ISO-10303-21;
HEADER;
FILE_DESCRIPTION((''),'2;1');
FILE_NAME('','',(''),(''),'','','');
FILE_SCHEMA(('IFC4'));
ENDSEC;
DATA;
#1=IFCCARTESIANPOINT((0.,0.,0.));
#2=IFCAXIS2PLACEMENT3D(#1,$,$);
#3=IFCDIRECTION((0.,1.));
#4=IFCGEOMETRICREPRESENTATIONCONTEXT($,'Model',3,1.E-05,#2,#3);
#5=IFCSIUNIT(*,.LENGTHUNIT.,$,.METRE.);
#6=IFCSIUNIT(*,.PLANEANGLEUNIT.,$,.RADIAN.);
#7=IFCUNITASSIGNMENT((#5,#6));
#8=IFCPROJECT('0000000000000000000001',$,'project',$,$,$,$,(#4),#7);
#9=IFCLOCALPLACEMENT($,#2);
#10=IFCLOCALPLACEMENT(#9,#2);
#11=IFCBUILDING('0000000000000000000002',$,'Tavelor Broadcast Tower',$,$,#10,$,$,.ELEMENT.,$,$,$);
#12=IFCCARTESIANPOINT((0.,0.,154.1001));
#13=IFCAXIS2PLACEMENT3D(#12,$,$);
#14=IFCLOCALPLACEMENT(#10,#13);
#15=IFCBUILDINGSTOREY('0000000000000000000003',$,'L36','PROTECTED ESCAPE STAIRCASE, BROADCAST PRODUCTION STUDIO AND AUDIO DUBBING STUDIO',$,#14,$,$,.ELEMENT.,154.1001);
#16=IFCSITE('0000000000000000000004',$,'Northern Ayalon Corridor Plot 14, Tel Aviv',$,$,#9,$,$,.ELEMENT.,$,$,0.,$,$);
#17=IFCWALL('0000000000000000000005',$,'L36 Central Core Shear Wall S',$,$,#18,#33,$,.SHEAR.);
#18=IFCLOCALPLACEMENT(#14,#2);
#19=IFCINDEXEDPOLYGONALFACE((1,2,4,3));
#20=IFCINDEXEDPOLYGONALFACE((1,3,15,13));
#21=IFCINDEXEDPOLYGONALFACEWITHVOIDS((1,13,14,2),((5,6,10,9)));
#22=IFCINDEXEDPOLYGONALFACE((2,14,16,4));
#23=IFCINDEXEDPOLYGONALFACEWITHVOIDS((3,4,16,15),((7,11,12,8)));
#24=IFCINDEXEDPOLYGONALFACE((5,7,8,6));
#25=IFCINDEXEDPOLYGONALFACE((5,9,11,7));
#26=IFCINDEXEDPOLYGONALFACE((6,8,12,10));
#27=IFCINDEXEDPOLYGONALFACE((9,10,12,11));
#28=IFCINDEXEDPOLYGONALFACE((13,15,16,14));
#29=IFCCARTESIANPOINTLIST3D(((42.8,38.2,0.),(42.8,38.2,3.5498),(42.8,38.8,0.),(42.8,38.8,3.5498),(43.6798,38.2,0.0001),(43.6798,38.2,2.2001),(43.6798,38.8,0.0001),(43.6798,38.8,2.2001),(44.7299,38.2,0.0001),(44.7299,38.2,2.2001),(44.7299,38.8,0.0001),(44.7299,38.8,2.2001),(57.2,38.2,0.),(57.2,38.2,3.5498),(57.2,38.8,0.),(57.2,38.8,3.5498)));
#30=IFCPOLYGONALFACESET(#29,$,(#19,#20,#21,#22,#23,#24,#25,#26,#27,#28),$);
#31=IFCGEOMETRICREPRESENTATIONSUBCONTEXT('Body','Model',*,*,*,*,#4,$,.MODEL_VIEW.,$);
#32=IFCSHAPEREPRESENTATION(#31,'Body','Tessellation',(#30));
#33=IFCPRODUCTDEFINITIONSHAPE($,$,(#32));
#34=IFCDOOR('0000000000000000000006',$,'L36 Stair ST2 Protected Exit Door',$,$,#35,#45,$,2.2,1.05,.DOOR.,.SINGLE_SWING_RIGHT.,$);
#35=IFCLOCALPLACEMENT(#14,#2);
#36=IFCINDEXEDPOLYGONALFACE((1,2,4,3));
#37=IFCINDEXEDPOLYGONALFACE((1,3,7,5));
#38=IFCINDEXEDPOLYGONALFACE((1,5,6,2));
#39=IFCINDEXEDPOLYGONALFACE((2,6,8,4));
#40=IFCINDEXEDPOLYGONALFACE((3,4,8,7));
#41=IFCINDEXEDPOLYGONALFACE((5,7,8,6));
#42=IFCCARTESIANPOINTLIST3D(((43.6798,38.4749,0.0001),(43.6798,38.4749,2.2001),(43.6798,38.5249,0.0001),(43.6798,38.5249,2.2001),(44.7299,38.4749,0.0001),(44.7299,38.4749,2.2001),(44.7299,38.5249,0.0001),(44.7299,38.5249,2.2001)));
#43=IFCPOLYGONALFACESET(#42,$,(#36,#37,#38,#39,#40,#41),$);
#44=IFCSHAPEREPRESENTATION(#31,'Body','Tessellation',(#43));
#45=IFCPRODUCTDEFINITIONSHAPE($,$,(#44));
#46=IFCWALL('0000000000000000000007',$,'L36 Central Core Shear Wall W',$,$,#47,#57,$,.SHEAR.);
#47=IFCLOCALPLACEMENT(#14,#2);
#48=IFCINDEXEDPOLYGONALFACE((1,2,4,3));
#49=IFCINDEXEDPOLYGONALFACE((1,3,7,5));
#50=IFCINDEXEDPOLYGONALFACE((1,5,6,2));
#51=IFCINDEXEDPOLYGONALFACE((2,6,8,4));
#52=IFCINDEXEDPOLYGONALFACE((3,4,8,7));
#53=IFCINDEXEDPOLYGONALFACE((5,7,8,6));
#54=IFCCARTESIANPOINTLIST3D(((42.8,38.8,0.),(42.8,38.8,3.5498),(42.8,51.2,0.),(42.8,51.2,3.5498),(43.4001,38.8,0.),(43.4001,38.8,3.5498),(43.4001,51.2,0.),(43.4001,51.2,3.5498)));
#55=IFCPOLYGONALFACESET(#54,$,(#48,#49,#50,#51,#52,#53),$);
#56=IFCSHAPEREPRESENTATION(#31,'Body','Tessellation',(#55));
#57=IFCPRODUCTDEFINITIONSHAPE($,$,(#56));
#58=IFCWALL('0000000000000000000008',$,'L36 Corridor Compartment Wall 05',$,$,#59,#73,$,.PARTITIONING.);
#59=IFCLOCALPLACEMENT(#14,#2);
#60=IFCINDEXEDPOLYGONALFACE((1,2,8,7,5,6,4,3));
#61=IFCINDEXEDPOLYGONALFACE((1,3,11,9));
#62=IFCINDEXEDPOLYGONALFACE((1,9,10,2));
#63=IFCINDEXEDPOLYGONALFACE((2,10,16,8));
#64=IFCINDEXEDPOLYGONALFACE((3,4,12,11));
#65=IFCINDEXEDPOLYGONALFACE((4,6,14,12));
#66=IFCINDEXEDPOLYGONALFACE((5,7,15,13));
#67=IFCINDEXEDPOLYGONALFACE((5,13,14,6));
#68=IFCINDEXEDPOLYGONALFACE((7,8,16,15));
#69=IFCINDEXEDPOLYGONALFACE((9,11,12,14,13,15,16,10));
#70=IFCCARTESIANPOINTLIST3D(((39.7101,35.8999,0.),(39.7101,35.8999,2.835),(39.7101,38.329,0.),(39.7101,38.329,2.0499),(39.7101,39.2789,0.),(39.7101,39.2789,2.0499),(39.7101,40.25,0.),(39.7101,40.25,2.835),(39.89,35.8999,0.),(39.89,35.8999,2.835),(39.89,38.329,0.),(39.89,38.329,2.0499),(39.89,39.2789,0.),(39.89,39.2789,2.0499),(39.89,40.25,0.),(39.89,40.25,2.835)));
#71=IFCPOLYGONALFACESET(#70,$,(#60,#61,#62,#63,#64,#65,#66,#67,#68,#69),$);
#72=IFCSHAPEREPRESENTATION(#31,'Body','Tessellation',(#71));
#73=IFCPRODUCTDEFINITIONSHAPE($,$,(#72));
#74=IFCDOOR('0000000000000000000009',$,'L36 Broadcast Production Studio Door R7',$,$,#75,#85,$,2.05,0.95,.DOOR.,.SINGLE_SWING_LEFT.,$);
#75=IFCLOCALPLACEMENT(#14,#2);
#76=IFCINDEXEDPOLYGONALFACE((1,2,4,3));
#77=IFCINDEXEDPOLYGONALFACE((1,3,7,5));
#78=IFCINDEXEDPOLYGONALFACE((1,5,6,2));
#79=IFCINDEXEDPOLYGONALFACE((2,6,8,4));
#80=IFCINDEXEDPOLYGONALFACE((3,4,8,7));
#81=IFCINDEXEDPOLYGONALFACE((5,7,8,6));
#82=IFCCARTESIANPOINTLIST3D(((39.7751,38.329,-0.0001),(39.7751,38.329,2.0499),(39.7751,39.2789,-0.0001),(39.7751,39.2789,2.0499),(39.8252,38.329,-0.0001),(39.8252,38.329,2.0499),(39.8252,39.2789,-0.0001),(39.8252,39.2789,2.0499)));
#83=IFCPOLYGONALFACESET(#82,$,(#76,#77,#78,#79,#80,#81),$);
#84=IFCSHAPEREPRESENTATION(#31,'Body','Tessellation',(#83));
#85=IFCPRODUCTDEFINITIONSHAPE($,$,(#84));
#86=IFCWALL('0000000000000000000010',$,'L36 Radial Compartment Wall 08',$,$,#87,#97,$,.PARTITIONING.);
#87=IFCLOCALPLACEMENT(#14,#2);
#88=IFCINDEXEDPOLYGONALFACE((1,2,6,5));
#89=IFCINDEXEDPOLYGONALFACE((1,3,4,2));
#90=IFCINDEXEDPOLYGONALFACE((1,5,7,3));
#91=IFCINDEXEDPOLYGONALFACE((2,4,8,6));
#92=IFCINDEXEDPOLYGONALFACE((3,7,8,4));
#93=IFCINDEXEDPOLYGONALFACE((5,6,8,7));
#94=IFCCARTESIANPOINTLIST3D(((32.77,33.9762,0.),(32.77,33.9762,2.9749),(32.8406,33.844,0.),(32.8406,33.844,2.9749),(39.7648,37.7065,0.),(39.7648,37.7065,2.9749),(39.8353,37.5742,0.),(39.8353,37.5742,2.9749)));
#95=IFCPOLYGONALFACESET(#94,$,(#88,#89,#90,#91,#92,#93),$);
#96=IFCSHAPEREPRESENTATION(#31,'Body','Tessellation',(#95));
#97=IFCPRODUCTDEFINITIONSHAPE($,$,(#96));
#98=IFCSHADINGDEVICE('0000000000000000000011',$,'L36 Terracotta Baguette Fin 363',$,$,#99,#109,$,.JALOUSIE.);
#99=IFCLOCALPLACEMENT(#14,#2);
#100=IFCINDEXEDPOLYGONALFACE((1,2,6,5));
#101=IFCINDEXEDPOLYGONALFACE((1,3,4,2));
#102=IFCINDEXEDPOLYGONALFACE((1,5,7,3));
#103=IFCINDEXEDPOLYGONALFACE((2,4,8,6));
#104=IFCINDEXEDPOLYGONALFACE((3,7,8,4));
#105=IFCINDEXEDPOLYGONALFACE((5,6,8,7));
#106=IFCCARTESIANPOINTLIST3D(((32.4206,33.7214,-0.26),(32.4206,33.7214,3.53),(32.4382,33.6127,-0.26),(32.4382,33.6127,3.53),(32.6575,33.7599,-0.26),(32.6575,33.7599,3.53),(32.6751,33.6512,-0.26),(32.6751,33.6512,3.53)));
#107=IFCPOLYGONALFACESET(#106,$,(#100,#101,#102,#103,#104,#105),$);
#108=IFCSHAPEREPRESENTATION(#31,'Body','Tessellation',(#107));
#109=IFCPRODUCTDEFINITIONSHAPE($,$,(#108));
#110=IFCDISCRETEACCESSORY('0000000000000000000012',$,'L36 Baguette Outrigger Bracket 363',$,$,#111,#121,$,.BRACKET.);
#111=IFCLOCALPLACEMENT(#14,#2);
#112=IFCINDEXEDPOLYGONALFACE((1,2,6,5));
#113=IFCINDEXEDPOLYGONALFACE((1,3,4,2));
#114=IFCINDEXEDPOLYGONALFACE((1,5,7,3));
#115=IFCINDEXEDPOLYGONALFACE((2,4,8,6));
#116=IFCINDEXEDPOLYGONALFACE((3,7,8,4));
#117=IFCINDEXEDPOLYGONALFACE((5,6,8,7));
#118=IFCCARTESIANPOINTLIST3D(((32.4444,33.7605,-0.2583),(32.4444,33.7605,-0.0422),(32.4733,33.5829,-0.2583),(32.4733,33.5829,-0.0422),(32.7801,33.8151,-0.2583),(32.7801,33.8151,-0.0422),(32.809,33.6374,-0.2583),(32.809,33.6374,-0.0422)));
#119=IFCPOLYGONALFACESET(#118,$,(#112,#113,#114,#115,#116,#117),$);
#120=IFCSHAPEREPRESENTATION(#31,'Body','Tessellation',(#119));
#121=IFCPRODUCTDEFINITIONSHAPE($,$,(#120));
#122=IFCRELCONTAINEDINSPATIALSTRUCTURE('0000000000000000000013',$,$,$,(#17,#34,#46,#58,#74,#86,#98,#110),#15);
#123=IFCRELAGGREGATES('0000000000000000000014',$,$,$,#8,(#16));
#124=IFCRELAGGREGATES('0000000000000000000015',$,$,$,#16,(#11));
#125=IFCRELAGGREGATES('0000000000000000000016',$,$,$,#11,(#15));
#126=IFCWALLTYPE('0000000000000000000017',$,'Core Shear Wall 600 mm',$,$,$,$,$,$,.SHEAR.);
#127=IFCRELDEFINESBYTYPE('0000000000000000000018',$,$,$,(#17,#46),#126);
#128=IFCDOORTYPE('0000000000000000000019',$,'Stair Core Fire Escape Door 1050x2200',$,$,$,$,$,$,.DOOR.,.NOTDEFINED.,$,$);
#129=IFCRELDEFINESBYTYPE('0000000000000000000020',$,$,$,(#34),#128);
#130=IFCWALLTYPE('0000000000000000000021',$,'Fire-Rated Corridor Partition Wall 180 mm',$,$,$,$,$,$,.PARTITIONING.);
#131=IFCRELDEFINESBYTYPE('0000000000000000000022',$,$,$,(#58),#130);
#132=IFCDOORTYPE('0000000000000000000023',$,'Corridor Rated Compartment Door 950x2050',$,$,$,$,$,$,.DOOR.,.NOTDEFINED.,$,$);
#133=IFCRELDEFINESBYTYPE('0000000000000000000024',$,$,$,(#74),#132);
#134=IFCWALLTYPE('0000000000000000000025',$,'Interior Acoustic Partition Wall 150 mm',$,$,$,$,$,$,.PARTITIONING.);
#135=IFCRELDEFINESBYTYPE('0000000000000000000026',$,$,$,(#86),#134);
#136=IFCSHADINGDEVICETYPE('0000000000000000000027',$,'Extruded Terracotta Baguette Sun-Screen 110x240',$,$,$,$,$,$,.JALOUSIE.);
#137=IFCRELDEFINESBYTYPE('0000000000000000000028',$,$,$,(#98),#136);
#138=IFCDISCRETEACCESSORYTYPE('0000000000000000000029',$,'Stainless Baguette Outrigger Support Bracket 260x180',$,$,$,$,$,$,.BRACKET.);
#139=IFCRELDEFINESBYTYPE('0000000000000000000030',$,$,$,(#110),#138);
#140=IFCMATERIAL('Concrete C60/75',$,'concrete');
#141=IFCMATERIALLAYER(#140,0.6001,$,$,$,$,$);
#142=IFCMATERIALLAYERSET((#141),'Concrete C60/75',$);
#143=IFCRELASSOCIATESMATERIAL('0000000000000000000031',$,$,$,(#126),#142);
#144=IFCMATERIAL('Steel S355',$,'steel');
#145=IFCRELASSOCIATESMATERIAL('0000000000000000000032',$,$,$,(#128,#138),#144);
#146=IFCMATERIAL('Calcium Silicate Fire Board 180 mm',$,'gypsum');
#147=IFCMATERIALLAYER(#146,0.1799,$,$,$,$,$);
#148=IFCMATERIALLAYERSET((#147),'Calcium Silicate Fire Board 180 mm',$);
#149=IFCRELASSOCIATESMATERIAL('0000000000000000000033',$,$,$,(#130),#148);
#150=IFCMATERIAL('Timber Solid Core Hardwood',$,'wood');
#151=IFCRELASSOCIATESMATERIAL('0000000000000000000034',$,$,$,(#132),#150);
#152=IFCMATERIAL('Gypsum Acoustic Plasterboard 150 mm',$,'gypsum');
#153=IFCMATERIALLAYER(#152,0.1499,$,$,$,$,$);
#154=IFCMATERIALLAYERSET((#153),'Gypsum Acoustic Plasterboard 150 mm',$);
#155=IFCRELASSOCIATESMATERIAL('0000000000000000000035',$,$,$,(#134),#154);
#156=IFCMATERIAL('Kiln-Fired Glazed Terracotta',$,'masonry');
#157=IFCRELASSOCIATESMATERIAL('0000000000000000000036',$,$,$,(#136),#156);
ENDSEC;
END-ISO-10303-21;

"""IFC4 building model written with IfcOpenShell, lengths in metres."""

from ifc_helpers import new_model, si_unit, direction, frame, frame_2d, origin, origin_2d, place, context, subcontext, project, spatial, rectangle, extrude, source, transform, mapped, material, layer, layer_set, type_object, type_shapes, element, fill, save


model = new_model("IFC4")

# Units and contexts
model_context = context("Model", 3, precision=1e-05, world=origin(), true_north=direction((0.0, 1.0)))
body_context = subcontext(model_context, "Body", "Model", "MODEL_VIEW")
ifc_project = project(units=[si_unit("LENGTHUNIT", "METRE"), si_unit("PLANEANGLEUNIT", "RADIAN")], contexts=[model_context])

# Site, building, storey
site_placement = place(None, origin())
site = spatial("IfcSite", under=ifc_project, at=site_placement, Name="Northern Ayalon Corridor Plot 14, Tel Aviv", CompositionType="ELEMENT", RefElevation=0.0)
building_placement = place(site_placement, origin())
building = spatial("IfcBuilding", under=site, at=building_placement, Name="Tavelor Broadcast Tower", CompositionType="ELEMENT")
storey_placement = place(building_placement, frame((0.0, 0.0, 154.1001)))
storey = spatial("IfcBuildingStorey", under=building, at=storey_placement, Name="L36", Description="PROTECTED ESCAPE STAIRCASE, BROADCAST PRODUCTION STUDIO AND AUDIO DUBBING STUDIO", CompositionType="ELEMENT", Elevation=154.1001)

# Shared definitions
ifc_material_1 = material(Name="Steel S355", Category="steel")

# Wall, opening, door
ifc_material_2 = material(Name="Concrete C60/75", Category="concrete")
ifc_layer_1 = layer(ifc_material_2, 0.6001)
ifc_layer_set_1 = layer_set([ifc_layer_1], Name="Concrete C60/75")
wall_type_1 = type_object("IfcWallType", Name="Core Shear Wall 600 mm", PredefinedType="SHEAR", material=ifc_layer_set_1)
wall_1_placement = place(storey_placement, frame((42.8, 38.5, 0.0), z_axis=(0.0, 0.0, 1.0), x_axis=(1.0, 0.0, 0.0)))
wall_1 = element("IfcWall", 1, at=wall_1_placement, inside=storey, type_object=wall_type_1, Name="L36 Central Core Shear Wall S", PredefinedType="SHEAR", context=body_context, shape_type="SweptSolid", body=[
    extrude(rectangle(XDim=14.3999, YDim=0.6001, at=frame_2d((7.2, 0.0))), origin(), (0.0, 0.0, 1.0), 3.5498),
])
opening_1_placement = place(wall_1_placement, frame((0.8799, 0.0, 0.0)))
opening_1 = element("IfcOpeningElement", 2, at=opening_1_placement, cuts=wall_1, PredefinedType="OPENING", context=body_context, shape_type="SweptSolid", body=[
    extrude(rectangle(XDim=1.05, YDim=2.2, at=frame_2d((0.5249, 1.1001))), frame((0.0, 0.3101, 0.0), z_axis=(0.0, -1.0, 0.0), x_axis=(1.0, 0.0, 0.0)), (0.0, 0.0, 1.0), 0.6201),
])
door_type_1 = type_object("IfcDoorType", Name="Stair Core Fire Escape Door 1050x2200", OperationType="NOTDEFINED", PredefinedType="DOOR", material=ifc_material_1)
door_1_placement = place(opening_1_placement, origin())
door_1 = element("IfcDoor", 3, at=door_1_placement, inside=storey, type_object=door_type_1, Name="L36 Stair ST2 Protected Exit Door", OperationType="SINGLE_SWING_RIGHT", OverallHeight=2.2, OverallWidth=1.05, PredefinedType="DOOR", context=body_context, shape_type="SweptSolid", body=[
    extrude(rectangle(XDim=1.05, YDim=2.2, at=frame_2d((0.5249, 1.1001))), frame((0.0, 0.0249, 0.0), z_axis=(0.0, -1.0, 0.0), x_axis=(1.0, 0.0, 0.0)), (0.0, 0.0, 1.0), 0.05),
])
fill(opening_1, door_1)

# Wall
wall_2_placement = place(storey_placement, frame((43.1001, 38.8, 0.0), z_axis=(0.0, 0.0, 1.0), x_axis=(0.0, 1.0, 0.0)))
element("IfcWall", 4, at=wall_2_placement, inside=storey, type_object=wall_type_1, Name="L36 Central Core Shear Wall W", PredefinedType="SHEAR", context=body_context, shape_type="SweptSolid", body=[
    extrude(rectangle(XDim=12.3999, YDim=0.6001, at=frame_2d((6.2, 0.0))), origin(), (0.0, 0.0, 1.0), 3.5498),
])

# Wall, opening, door
ifc_material_3 = material(Name="Calcium Silicate Fire Board 180 mm", Category="gypsum")
ifc_layer_2 = layer(ifc_material_3, 0.1799)
ifc_layer_set_2 = layer_set([ifc_layer_2], Name="Calcium Silicate Fire Board 180 mm")
wall_type_2 = type_object("IfcWallType", Name="Fire-Rated Corridor Partition Wall 180 mm", PredefinedType="PARTITIONING", material=ifc_layer_set_2)
wall_3_placement = place(storey_placement, frame((39.8, 35.8999, 0.0), z_axis=(0.0, 0.0, 1.0), x_axis=(0.0, 1.0, 0.0)))
wall_3 = element("IfcWall", 5, at=wall_3_placement, inside=storey, type_object=wall_type_2, Name="L36 Corridor Compartment Wall 05", PredefinedType="PARTITIONING", context=body_context, shape_type="SweptSolid", body=[
    extrude(rectangle(XDim=4.3501, YDim=0.1799, at=frame_2d((2.175, 0.0))), origin(), (0.0, 0.0, 1.0), 2.835),
])
opening_2_placement = place(wall_3_placement, frame((2.429, 0.0, 0.0)))
opening_2 = element("IfcOpeningElement", 6, at=opening_2_placement, cuts=wall_3, PredefinedType="OPENING", context=body_context, shape_type="SweptSolid", body=[
    extrude(rectangle(XDim=0.95, YDim=2.05, at=frame_2d((0.4751, 1.0249))), frame((0.0, 0.1001, 0.0), z_axis=(0.0, -1.0, 0.0), x_axis=(1.0, 0.0, 0.0)), (0.0, 0.0, 1.0), 0.2),
])
ifc_material_4 = material(Name="Timber Solid Core Hardwood", Category="wood")
door_type_2 = type_object("IfcDoorType", Name="Corridor Rated Compartment Door 950x2050", OperationType="NOTDEFINED", PredefinedType="DOOR", material=ifc_material_4)
door_2_placement = place(opening_2_placement, origin())
door_2 = element("IfcDoor", 7, at=door_2_placement, inside=storey, type_object=door_type_2, Name="L36 Broadcast Production Studio Door R7", OperationType="SINGLE_SWING_LEFT", OverallHeight=2.05, OverallWidth=0.95, PredefinedType="DOOR", context=body_context, shape_type="SweptSolid", body=[
    extrude(rectangle(XDim=0.95, YDim=2.05, at=frame_2d((0.4751, 1.0249))), frame((0.0, 0.0249, 0.0), z_axis=(0.0, -1.0, 0.0), x_axis=(1.0, 0.0, 0.0)), (0.0, 0.0, 1.0), 0.05),
])
fill(opening_2, door_2)

# Wall
ifc_material_5 = material(Name="Gypsum Acoustic Plasterboard 150 mm", Category="gypsum")
ifc_layer_3 = layer(ifc_material_5, 0.1499)
ifc_layer_set_3 = layer_set([ifc_layer_3], Name="Gypsum Acoustic Plasterboard 150 mm")
wall_type_3 = type_object("IfcWallType", Name="Interior Acoustic Partition Wall 150 mm", PredefinedType="PARTITIONING", material=ifc_layer_set_3)
wall_4_placement = place(storey_placement, frame((39.8, 37.6404, 0.0), z_axis=(0.0, 0.0, 1.0), x_axis=(-0.882366, -0.470564, 0.0)))
element("IfcWall", 8, at=wall_4_placement, inside=storey, type_object=wall_type_3, Name="L36 Radial Compartment Wall 08", PredefinedType="PARTITIONING", context=body_context, shape_type="SweptSolid", body=[
    extrude(rectangle(XDim=7.9272, YDim=0.1499, at=frame_2d((3.9636, 0.0))), origin(), (0.0, 0.0, 1.0), 2.9749),
])

# Shading device
ifc_material_6 = material(Name="Kiln-Fired Glazed Terracotta", Category="masonry")
shading_device_type = type_object("IfcShadingDeviceType", Name="Extruded Terracotta Baguette Sun-Screen 110x240", PredefinedType="JALOUSIE", material=ifc_material_6)
shared_shape_1 = source(origin(), body_context, "Body", "SweptSolid", [
    extrude(rectangle(XDim=0.1101, YDim=0.24, at=origin_2d()), origin(), (0.0, 0.0, 1.0), 3.79),
])
type_shapes(shading_device_type, [shared_shape_1])
shading_device_placement = place(storey_placement, frame((32.5479, 33.6863, -0.26), z_axis=(0.0, 0.0, 1.0), x_axis=(0.160398, -0.987052, 0.0)))
element("IfcShadingDevice", 9, at=shading_device_placement, inside=storey, type_object=shading_device_type, Name="L36 Terracotta Baguette Fin 363", PredefinedType="JALOUSIE", context=body_context, shape_type="MappedRepresentation", body=[
    mapped(shared_shape_1, transform((0.0, 0.0, 0.0), scale=1.0)),
])

# Discrete accessory
discrete_accessory_type = type_object("IfcDiscreteAccessoryType", Name="Stainless Baguette Outrigger Support Bracket 260x180", PredefinedType="BRACKET", material=ifc_material_1)
shared_shape_2 = source(origin(), body_context, "Body", "SweptSolid", [
    extrude(rectangle(XDim=0.1799, YDim=0.3401, at=origin_2d()), origin(), (0.0, 0.0, 1.0), 0.2161),
])
type_shapes(discrete_accessory_type, [shared_shape_2])
discrete_accessory_placement = place(storey_placement, frame((32.6267, 33.699, -0.2583), z_axis=(0.0, 0.0, 1.0), x_axis=(0.160398, -0.987052, 0.0)))
element("IfcDiscreteAccessory", 10, at=discrete_accessory_placement, inside=storey, type_object=discrete_accessory_type, Name="L36 Baguette Outrigger Bracket 363", PredefinedType="BRACKET", context=body_context, shape_type="MappedRepresentation", body=[
    mapped(shared_shape_2, transform((0.0, 0.0, 0.0), scale=1.0)),
])

save(model, "model.ifc")
